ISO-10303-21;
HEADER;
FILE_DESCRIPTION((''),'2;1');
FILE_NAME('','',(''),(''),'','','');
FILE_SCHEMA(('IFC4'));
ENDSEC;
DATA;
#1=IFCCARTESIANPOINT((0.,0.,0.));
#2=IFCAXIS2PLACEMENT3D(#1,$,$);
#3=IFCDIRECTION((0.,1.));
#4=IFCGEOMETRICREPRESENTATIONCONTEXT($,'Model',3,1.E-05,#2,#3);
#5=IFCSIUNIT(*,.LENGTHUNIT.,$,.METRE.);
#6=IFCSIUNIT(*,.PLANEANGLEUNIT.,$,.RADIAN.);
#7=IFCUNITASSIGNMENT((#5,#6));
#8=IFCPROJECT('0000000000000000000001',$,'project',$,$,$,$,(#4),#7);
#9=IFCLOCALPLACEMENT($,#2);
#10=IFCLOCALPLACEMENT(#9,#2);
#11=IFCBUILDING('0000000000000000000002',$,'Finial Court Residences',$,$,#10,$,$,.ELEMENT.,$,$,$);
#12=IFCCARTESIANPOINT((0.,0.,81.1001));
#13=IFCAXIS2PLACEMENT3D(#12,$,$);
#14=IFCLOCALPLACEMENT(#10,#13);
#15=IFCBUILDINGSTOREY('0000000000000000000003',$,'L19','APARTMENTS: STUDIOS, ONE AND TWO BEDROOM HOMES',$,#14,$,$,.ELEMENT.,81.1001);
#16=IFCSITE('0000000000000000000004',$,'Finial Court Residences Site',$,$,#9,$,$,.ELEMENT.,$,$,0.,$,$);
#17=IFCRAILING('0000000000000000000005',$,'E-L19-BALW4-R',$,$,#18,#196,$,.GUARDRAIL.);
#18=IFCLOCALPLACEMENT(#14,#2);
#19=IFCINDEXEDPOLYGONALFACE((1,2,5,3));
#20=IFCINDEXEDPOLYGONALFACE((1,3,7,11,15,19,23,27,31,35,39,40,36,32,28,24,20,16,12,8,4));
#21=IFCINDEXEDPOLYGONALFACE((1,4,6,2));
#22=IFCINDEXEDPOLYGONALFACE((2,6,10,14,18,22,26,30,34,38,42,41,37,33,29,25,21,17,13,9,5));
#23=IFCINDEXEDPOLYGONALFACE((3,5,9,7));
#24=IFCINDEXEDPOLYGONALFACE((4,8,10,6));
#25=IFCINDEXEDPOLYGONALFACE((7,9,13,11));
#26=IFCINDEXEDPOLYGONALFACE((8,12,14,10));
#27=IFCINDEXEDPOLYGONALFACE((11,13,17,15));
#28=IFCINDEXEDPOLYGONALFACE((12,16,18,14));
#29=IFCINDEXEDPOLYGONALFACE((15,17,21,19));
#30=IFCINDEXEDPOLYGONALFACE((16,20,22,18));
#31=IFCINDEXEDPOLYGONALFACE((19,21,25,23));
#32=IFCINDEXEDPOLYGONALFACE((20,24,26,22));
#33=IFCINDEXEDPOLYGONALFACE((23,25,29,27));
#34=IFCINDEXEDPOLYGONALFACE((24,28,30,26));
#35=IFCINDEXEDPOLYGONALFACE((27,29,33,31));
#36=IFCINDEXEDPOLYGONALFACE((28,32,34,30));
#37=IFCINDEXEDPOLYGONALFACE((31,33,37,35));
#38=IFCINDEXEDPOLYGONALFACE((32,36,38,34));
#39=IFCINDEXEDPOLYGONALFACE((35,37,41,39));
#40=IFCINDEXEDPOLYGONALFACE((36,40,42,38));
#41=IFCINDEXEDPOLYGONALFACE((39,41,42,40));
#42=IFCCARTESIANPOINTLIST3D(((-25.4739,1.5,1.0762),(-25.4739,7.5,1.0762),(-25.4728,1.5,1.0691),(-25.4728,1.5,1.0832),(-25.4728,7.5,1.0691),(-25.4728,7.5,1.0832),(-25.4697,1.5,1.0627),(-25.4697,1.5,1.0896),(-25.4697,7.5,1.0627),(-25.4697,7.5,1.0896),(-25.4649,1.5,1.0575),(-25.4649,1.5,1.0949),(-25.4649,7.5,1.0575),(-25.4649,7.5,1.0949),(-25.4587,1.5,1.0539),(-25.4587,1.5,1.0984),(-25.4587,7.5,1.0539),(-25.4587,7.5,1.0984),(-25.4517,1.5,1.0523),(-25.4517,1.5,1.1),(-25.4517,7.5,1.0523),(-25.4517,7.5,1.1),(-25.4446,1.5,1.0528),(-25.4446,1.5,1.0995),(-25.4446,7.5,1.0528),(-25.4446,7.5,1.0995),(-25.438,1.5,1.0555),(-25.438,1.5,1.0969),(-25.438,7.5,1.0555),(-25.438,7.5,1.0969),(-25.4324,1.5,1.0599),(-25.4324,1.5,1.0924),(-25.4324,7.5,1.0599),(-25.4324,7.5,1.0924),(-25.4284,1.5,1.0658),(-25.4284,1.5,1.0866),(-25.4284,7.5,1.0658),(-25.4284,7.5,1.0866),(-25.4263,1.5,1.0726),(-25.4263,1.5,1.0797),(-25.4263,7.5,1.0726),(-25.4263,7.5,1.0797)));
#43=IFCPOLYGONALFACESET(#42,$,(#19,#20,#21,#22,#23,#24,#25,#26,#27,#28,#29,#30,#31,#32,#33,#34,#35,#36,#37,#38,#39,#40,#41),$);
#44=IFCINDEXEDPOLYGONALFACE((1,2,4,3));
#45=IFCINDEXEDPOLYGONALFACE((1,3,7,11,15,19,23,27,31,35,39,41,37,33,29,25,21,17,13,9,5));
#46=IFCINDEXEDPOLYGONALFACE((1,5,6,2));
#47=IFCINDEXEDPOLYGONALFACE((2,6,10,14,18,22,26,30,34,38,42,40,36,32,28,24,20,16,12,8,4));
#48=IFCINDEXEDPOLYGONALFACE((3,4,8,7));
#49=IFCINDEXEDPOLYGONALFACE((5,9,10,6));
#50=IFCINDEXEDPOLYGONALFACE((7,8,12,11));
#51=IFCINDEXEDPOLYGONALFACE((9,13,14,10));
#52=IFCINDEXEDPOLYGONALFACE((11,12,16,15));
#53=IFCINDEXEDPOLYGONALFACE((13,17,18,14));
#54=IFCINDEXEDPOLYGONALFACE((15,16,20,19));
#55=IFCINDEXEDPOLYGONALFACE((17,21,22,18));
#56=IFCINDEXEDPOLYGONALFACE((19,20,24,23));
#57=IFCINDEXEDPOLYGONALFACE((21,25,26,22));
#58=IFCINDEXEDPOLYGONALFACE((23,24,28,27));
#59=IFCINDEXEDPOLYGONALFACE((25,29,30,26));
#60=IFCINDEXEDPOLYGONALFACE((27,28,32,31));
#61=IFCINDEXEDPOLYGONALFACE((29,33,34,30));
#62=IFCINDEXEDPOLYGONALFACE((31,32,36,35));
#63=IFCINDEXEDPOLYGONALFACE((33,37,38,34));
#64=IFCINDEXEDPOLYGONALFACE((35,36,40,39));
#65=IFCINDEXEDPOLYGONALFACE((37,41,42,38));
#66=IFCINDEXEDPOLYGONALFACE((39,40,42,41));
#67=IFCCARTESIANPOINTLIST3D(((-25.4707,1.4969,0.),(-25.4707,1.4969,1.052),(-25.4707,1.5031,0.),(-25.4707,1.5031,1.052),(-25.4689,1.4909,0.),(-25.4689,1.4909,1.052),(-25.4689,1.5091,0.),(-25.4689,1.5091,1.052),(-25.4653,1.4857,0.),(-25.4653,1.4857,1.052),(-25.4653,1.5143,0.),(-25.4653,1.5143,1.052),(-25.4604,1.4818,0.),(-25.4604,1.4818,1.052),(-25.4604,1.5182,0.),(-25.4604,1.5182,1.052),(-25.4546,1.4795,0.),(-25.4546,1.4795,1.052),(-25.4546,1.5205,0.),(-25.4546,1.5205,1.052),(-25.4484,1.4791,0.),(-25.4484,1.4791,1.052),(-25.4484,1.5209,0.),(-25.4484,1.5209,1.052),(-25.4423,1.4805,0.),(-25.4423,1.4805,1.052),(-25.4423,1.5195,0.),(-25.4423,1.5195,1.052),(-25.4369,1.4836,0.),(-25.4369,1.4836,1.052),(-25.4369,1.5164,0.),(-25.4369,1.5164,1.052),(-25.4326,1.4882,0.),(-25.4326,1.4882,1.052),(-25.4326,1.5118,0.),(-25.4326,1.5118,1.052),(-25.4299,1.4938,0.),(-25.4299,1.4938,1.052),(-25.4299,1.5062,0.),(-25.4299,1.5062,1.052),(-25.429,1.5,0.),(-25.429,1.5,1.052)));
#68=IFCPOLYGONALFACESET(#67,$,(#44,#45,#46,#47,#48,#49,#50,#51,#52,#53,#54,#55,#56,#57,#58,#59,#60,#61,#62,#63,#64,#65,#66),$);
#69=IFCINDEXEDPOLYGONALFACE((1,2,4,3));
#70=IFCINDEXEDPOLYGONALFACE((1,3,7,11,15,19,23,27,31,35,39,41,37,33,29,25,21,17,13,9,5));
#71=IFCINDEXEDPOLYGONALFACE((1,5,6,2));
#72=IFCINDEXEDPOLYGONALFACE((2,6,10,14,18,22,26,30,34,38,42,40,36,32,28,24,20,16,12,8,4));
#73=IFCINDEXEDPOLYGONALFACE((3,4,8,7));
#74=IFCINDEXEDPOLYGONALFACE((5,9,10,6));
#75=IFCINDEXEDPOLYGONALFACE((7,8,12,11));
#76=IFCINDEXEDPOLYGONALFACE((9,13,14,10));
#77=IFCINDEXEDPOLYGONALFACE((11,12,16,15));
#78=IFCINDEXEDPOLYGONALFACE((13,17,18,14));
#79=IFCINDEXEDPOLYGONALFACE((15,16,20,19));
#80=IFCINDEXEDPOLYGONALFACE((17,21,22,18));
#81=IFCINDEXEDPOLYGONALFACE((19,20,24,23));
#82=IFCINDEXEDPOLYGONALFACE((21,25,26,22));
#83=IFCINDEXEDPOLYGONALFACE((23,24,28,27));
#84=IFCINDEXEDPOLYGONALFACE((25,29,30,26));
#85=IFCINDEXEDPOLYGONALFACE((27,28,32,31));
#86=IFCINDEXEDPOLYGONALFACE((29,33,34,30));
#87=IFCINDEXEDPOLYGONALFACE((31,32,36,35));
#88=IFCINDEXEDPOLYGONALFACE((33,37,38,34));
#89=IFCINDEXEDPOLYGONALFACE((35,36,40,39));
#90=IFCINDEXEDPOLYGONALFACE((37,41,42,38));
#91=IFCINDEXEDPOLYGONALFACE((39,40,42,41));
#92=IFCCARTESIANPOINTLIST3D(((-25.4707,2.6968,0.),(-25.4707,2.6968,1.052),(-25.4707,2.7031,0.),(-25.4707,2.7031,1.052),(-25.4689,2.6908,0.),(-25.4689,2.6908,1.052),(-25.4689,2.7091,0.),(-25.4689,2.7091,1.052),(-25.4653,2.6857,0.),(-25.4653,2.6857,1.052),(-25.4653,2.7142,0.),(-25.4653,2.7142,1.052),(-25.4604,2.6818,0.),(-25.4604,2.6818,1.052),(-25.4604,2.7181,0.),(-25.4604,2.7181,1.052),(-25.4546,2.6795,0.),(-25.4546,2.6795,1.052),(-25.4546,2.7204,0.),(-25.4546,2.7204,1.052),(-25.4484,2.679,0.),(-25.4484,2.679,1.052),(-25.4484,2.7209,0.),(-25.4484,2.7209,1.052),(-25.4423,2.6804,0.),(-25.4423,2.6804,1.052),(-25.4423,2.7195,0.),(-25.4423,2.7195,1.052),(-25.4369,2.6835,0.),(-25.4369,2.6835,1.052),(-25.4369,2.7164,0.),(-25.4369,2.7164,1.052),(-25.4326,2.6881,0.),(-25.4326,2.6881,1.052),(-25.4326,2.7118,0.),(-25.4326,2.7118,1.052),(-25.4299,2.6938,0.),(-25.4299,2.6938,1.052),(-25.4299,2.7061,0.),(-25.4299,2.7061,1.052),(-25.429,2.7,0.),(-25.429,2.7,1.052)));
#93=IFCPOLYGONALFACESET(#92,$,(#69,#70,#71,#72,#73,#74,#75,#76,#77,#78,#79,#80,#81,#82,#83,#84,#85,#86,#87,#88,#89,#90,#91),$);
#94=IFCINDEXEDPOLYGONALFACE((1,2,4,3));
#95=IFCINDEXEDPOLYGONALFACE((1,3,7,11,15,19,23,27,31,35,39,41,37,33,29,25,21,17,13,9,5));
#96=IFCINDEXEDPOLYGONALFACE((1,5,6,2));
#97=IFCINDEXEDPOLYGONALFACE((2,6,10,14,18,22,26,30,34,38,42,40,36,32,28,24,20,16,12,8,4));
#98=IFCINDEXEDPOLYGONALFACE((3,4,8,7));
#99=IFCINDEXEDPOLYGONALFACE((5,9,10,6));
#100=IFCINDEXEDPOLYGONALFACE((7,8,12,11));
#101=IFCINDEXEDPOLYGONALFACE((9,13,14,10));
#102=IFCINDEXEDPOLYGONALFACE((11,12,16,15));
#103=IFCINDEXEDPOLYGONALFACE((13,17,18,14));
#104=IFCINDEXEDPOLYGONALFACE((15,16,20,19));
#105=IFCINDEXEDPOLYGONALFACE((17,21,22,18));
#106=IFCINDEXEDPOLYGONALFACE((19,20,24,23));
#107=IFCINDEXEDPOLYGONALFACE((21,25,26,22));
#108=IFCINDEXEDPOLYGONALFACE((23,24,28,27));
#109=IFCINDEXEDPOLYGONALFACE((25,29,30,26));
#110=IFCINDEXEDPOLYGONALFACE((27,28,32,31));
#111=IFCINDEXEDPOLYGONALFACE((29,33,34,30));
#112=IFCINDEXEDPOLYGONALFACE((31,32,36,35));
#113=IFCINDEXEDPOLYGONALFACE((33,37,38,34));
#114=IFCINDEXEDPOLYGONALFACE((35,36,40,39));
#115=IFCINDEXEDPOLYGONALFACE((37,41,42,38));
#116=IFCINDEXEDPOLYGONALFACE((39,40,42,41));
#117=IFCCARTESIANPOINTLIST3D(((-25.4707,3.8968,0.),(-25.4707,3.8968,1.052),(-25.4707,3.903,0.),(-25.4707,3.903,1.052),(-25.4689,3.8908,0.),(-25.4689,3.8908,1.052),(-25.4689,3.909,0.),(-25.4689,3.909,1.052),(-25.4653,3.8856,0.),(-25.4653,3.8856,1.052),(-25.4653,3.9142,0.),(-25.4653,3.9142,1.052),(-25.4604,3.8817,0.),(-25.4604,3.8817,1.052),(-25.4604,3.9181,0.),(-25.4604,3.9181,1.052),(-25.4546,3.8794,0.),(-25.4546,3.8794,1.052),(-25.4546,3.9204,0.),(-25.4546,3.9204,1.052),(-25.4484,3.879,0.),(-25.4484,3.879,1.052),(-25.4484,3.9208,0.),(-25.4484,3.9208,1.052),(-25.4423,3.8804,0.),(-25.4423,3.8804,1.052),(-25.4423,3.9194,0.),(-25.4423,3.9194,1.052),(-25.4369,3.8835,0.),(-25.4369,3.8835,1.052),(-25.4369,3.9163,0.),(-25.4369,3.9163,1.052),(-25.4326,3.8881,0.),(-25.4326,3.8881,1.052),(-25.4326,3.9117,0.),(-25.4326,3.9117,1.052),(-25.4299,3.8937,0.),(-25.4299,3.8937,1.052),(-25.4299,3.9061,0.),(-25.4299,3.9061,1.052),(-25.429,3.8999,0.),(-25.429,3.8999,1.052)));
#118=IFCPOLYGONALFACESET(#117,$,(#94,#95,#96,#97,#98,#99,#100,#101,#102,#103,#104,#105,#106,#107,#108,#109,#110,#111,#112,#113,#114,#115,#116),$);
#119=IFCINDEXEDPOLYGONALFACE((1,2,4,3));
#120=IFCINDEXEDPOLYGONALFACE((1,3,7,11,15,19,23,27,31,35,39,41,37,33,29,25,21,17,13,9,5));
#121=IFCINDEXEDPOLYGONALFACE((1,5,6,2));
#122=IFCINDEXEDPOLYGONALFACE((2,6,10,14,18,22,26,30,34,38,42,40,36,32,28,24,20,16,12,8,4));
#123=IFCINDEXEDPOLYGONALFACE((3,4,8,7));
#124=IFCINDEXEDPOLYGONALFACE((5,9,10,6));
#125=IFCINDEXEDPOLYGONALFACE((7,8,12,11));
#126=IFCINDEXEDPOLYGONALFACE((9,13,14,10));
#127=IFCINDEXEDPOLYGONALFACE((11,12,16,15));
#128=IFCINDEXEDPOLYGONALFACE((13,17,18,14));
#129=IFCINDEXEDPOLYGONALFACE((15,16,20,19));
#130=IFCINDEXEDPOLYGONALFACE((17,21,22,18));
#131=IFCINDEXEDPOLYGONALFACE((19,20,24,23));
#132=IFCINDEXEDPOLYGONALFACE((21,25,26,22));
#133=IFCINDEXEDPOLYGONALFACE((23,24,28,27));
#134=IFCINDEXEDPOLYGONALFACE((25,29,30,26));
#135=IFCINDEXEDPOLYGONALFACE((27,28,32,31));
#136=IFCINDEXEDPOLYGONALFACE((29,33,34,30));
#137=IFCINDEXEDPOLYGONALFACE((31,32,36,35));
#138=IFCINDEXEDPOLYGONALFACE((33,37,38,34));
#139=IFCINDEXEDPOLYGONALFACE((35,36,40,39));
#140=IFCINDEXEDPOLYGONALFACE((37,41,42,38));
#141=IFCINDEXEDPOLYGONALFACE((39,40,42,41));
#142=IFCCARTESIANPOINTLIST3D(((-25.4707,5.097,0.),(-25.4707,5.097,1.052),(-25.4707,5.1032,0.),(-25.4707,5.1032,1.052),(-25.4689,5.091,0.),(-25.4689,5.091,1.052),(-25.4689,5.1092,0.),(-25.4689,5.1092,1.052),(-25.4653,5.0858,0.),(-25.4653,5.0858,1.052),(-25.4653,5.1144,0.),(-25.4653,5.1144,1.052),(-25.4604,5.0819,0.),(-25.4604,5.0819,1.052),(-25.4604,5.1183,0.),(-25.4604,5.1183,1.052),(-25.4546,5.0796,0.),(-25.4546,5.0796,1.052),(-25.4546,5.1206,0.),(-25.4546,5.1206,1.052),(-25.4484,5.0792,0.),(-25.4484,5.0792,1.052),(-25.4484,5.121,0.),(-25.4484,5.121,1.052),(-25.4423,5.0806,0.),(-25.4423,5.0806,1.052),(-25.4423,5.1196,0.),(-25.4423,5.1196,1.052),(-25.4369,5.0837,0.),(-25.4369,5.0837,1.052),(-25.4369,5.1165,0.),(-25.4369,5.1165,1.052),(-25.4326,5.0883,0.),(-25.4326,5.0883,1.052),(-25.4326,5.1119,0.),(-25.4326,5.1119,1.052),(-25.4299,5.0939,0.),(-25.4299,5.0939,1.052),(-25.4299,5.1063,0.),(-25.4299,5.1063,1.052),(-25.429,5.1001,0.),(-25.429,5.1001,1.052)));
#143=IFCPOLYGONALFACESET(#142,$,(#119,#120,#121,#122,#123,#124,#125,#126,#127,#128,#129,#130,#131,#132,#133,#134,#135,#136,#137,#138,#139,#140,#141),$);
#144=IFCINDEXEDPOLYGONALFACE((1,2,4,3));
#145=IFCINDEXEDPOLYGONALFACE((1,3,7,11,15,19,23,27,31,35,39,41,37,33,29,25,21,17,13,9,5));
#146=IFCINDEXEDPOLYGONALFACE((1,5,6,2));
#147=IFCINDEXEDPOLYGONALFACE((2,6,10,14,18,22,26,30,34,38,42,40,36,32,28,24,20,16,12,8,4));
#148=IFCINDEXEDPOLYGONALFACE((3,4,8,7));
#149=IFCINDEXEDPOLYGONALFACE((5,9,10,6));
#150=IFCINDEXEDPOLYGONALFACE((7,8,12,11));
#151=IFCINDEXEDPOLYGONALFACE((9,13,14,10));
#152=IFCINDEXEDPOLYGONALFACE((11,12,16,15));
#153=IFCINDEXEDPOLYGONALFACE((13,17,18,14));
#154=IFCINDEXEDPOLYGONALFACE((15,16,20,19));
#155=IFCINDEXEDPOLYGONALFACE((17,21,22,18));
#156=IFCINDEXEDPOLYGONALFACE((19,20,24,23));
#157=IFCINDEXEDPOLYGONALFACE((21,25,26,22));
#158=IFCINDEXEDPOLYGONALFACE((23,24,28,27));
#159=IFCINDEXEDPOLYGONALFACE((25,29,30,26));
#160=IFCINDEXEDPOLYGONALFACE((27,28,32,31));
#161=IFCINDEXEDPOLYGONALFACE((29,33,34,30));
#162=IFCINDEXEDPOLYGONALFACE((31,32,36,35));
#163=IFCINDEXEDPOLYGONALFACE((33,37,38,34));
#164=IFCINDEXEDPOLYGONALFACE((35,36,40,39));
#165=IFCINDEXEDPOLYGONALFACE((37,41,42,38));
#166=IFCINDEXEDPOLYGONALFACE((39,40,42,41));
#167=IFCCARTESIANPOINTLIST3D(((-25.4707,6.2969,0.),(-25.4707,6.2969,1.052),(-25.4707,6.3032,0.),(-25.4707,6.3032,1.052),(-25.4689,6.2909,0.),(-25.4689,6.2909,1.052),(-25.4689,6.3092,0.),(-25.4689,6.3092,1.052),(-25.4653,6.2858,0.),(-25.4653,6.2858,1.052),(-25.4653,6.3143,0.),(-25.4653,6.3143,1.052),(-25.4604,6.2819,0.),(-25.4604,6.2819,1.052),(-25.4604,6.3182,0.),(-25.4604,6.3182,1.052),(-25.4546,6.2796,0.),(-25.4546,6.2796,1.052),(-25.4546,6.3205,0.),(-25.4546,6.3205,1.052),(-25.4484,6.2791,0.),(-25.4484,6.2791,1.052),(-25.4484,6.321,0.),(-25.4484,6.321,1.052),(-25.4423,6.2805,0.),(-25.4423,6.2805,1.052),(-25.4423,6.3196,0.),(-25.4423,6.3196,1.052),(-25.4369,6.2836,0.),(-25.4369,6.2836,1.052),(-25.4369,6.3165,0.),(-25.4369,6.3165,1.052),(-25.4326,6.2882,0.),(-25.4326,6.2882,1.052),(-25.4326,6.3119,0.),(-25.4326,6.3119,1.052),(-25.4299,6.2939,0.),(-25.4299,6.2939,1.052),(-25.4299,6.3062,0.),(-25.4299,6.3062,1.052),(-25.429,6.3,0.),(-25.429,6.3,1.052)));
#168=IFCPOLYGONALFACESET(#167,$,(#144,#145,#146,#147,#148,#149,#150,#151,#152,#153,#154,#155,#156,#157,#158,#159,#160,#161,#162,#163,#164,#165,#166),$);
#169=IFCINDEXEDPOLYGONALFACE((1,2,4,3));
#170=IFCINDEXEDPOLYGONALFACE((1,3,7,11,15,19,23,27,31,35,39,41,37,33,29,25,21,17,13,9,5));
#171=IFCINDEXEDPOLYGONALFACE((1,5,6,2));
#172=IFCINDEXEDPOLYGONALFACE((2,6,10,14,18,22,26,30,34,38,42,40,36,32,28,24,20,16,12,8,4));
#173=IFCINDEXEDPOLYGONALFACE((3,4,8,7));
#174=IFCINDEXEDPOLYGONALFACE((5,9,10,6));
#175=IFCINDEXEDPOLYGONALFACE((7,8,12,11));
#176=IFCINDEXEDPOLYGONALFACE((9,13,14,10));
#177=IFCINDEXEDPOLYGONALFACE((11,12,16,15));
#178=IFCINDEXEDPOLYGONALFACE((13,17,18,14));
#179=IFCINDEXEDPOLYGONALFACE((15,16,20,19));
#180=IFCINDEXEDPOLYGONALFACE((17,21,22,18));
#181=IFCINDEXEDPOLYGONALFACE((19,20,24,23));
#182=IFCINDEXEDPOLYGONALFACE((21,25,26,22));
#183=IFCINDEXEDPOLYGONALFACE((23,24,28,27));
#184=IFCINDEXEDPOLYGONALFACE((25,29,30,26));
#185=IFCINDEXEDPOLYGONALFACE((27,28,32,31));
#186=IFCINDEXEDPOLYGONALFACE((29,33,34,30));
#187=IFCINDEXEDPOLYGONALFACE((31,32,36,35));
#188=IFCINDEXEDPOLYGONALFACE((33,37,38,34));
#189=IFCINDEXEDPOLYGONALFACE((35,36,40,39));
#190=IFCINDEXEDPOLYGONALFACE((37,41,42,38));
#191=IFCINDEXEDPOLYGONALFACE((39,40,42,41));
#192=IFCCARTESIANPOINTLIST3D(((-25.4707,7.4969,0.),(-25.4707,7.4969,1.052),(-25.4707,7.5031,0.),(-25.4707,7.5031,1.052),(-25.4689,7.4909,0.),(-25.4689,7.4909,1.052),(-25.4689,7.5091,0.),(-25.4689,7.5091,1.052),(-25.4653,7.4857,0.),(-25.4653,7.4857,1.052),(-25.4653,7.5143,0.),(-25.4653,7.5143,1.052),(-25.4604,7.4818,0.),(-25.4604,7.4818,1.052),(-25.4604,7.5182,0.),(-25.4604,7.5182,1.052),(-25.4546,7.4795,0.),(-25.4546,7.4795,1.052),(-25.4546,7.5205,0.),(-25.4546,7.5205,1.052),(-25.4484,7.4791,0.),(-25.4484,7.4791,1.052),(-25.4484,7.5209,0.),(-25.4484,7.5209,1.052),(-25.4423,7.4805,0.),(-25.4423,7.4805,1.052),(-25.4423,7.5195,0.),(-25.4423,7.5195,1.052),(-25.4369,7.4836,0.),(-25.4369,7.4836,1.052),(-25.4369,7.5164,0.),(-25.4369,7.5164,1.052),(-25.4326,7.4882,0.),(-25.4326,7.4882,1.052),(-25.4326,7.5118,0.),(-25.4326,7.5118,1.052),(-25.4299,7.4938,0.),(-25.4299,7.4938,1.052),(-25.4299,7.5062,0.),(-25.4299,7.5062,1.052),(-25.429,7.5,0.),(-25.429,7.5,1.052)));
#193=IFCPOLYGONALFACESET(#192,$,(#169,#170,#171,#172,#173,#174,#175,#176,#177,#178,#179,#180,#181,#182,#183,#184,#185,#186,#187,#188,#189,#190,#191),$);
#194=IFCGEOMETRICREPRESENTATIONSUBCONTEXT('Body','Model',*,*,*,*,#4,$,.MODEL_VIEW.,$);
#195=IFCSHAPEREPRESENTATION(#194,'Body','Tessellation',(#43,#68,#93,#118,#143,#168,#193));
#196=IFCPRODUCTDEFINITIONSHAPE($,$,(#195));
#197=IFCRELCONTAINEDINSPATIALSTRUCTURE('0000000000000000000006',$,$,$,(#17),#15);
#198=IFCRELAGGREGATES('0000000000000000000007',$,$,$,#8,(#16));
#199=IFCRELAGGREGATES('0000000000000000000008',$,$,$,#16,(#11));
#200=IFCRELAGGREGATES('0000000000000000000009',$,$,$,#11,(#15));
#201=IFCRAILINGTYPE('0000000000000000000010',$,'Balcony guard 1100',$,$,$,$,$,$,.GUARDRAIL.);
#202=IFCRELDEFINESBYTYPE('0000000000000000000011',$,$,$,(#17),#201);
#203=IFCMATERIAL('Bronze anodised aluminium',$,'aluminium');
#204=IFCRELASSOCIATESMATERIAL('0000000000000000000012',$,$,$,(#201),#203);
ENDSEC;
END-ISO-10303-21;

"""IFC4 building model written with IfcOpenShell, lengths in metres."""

from ifc_helpers import new_model, si_unit, direction, frame, origin, origin_2d, place, context, subcontext, project, spatial, circle, extrude, material, type_object, element, save


model = new_model("IFC4")

# Units and contexts
model_context = context("Model", 3, precision=1e-05, world=origin(), true_north=direction((0.0, 1.0)))
body_context = subcontext(model_context, "Body", "Model", "MODEL_VIEW")
ifc_project = project(units=[si_unit("LENGTHUNIT", "METRE"), si_unit("PLANEANGLEUNIT", "RADIAN")], contexts=[model_context])

# Site, building, storey
site_placement = place(None, origin())
site = spatial("IfcSite", under=ifc_project, at=site_placement, Name="Finial Court Residences Site", CompositionType="ELEMENT", RefElevation=0.0)
building_placement = place(site_placement, origin())
building = spatial("IfcBuilding", under=site, at=building_placement, Name="Finial Court Residences", CompositionType="ELEMENT")
storey_placement = place(building_placement, frame((0.0, 0.0, 81.1001)))
storey = spatial("IfcBuildingStorey", under=building, at=storey_placement, Name="L19", Description="APARTMENTS: STUDIOS, ONE AND TWO BEDROOM HOMES", CompositionType="ELEMENT", Elevation=81.1001)

# Shared definitions
ifc_material_1 = material(Name="Bronze anodised aluminium", Category="aluminium")

# Railing
railing_type = type_object("IfcRailingType", Name="Balcony guard 1100", PredefinedType="GUARDRAIL", material=ifc_material_1)
for number, where, name in (
    (1, (-25.45, 1.5, 0.0), "E-L19-BALW4-R"),
):
    element("IfcRailing", number, at=place(storey_placement, frame(where)), inside=storey, type_object=railing_type, Name=name, PredefinedType="GUARDRAIL", context=body_context, shape_type="SweptSolid", body=[
        extrude(circle(Radius=0.0239, at=origin_2d()), frame((0.0, 0.0, 1.0762), z_axis=(0.0, 1.0, 0.0), x_axis=(-1.0, 0.0, 0.0)), (0.0, 0.0, 1.0), 6.0),
        extrude(circle(Radius=0.021, at=origin_2d()), origin(), (0.0, 0.0, 1.0), 1.052),
        extrude(circle(Radius=0.021, at=origin_2d()), frame((0.0, 1.2, 0.0)), (0.0, 0.0, 1.0), 1.052),
        extrude(circle(Radius=0.021, at=origin_2d()), frame((0.0, 2.3999, 0.0)), (0.0, 0.0, 1.0), 1.052),
        extrude(circle(Radius=0.021, at=origin_2d()), frame((0.0, 3.6001, 0.0)), (0.0, 0.0, 1.0), 1.052),
        extrude(circle(Radius=0.021, at=origin_2d()), frame((0.0, 4.8, 0.0)), (0.0, 0.0, 1.0), 1.052),
        extrude(circle(Radius=0.021, at=origin_2d()), frame((0.0, 6.0, 0.0)), (0.0, 0.0, 1.0), 1.052),
    ])

save(model, "model.ifc")
